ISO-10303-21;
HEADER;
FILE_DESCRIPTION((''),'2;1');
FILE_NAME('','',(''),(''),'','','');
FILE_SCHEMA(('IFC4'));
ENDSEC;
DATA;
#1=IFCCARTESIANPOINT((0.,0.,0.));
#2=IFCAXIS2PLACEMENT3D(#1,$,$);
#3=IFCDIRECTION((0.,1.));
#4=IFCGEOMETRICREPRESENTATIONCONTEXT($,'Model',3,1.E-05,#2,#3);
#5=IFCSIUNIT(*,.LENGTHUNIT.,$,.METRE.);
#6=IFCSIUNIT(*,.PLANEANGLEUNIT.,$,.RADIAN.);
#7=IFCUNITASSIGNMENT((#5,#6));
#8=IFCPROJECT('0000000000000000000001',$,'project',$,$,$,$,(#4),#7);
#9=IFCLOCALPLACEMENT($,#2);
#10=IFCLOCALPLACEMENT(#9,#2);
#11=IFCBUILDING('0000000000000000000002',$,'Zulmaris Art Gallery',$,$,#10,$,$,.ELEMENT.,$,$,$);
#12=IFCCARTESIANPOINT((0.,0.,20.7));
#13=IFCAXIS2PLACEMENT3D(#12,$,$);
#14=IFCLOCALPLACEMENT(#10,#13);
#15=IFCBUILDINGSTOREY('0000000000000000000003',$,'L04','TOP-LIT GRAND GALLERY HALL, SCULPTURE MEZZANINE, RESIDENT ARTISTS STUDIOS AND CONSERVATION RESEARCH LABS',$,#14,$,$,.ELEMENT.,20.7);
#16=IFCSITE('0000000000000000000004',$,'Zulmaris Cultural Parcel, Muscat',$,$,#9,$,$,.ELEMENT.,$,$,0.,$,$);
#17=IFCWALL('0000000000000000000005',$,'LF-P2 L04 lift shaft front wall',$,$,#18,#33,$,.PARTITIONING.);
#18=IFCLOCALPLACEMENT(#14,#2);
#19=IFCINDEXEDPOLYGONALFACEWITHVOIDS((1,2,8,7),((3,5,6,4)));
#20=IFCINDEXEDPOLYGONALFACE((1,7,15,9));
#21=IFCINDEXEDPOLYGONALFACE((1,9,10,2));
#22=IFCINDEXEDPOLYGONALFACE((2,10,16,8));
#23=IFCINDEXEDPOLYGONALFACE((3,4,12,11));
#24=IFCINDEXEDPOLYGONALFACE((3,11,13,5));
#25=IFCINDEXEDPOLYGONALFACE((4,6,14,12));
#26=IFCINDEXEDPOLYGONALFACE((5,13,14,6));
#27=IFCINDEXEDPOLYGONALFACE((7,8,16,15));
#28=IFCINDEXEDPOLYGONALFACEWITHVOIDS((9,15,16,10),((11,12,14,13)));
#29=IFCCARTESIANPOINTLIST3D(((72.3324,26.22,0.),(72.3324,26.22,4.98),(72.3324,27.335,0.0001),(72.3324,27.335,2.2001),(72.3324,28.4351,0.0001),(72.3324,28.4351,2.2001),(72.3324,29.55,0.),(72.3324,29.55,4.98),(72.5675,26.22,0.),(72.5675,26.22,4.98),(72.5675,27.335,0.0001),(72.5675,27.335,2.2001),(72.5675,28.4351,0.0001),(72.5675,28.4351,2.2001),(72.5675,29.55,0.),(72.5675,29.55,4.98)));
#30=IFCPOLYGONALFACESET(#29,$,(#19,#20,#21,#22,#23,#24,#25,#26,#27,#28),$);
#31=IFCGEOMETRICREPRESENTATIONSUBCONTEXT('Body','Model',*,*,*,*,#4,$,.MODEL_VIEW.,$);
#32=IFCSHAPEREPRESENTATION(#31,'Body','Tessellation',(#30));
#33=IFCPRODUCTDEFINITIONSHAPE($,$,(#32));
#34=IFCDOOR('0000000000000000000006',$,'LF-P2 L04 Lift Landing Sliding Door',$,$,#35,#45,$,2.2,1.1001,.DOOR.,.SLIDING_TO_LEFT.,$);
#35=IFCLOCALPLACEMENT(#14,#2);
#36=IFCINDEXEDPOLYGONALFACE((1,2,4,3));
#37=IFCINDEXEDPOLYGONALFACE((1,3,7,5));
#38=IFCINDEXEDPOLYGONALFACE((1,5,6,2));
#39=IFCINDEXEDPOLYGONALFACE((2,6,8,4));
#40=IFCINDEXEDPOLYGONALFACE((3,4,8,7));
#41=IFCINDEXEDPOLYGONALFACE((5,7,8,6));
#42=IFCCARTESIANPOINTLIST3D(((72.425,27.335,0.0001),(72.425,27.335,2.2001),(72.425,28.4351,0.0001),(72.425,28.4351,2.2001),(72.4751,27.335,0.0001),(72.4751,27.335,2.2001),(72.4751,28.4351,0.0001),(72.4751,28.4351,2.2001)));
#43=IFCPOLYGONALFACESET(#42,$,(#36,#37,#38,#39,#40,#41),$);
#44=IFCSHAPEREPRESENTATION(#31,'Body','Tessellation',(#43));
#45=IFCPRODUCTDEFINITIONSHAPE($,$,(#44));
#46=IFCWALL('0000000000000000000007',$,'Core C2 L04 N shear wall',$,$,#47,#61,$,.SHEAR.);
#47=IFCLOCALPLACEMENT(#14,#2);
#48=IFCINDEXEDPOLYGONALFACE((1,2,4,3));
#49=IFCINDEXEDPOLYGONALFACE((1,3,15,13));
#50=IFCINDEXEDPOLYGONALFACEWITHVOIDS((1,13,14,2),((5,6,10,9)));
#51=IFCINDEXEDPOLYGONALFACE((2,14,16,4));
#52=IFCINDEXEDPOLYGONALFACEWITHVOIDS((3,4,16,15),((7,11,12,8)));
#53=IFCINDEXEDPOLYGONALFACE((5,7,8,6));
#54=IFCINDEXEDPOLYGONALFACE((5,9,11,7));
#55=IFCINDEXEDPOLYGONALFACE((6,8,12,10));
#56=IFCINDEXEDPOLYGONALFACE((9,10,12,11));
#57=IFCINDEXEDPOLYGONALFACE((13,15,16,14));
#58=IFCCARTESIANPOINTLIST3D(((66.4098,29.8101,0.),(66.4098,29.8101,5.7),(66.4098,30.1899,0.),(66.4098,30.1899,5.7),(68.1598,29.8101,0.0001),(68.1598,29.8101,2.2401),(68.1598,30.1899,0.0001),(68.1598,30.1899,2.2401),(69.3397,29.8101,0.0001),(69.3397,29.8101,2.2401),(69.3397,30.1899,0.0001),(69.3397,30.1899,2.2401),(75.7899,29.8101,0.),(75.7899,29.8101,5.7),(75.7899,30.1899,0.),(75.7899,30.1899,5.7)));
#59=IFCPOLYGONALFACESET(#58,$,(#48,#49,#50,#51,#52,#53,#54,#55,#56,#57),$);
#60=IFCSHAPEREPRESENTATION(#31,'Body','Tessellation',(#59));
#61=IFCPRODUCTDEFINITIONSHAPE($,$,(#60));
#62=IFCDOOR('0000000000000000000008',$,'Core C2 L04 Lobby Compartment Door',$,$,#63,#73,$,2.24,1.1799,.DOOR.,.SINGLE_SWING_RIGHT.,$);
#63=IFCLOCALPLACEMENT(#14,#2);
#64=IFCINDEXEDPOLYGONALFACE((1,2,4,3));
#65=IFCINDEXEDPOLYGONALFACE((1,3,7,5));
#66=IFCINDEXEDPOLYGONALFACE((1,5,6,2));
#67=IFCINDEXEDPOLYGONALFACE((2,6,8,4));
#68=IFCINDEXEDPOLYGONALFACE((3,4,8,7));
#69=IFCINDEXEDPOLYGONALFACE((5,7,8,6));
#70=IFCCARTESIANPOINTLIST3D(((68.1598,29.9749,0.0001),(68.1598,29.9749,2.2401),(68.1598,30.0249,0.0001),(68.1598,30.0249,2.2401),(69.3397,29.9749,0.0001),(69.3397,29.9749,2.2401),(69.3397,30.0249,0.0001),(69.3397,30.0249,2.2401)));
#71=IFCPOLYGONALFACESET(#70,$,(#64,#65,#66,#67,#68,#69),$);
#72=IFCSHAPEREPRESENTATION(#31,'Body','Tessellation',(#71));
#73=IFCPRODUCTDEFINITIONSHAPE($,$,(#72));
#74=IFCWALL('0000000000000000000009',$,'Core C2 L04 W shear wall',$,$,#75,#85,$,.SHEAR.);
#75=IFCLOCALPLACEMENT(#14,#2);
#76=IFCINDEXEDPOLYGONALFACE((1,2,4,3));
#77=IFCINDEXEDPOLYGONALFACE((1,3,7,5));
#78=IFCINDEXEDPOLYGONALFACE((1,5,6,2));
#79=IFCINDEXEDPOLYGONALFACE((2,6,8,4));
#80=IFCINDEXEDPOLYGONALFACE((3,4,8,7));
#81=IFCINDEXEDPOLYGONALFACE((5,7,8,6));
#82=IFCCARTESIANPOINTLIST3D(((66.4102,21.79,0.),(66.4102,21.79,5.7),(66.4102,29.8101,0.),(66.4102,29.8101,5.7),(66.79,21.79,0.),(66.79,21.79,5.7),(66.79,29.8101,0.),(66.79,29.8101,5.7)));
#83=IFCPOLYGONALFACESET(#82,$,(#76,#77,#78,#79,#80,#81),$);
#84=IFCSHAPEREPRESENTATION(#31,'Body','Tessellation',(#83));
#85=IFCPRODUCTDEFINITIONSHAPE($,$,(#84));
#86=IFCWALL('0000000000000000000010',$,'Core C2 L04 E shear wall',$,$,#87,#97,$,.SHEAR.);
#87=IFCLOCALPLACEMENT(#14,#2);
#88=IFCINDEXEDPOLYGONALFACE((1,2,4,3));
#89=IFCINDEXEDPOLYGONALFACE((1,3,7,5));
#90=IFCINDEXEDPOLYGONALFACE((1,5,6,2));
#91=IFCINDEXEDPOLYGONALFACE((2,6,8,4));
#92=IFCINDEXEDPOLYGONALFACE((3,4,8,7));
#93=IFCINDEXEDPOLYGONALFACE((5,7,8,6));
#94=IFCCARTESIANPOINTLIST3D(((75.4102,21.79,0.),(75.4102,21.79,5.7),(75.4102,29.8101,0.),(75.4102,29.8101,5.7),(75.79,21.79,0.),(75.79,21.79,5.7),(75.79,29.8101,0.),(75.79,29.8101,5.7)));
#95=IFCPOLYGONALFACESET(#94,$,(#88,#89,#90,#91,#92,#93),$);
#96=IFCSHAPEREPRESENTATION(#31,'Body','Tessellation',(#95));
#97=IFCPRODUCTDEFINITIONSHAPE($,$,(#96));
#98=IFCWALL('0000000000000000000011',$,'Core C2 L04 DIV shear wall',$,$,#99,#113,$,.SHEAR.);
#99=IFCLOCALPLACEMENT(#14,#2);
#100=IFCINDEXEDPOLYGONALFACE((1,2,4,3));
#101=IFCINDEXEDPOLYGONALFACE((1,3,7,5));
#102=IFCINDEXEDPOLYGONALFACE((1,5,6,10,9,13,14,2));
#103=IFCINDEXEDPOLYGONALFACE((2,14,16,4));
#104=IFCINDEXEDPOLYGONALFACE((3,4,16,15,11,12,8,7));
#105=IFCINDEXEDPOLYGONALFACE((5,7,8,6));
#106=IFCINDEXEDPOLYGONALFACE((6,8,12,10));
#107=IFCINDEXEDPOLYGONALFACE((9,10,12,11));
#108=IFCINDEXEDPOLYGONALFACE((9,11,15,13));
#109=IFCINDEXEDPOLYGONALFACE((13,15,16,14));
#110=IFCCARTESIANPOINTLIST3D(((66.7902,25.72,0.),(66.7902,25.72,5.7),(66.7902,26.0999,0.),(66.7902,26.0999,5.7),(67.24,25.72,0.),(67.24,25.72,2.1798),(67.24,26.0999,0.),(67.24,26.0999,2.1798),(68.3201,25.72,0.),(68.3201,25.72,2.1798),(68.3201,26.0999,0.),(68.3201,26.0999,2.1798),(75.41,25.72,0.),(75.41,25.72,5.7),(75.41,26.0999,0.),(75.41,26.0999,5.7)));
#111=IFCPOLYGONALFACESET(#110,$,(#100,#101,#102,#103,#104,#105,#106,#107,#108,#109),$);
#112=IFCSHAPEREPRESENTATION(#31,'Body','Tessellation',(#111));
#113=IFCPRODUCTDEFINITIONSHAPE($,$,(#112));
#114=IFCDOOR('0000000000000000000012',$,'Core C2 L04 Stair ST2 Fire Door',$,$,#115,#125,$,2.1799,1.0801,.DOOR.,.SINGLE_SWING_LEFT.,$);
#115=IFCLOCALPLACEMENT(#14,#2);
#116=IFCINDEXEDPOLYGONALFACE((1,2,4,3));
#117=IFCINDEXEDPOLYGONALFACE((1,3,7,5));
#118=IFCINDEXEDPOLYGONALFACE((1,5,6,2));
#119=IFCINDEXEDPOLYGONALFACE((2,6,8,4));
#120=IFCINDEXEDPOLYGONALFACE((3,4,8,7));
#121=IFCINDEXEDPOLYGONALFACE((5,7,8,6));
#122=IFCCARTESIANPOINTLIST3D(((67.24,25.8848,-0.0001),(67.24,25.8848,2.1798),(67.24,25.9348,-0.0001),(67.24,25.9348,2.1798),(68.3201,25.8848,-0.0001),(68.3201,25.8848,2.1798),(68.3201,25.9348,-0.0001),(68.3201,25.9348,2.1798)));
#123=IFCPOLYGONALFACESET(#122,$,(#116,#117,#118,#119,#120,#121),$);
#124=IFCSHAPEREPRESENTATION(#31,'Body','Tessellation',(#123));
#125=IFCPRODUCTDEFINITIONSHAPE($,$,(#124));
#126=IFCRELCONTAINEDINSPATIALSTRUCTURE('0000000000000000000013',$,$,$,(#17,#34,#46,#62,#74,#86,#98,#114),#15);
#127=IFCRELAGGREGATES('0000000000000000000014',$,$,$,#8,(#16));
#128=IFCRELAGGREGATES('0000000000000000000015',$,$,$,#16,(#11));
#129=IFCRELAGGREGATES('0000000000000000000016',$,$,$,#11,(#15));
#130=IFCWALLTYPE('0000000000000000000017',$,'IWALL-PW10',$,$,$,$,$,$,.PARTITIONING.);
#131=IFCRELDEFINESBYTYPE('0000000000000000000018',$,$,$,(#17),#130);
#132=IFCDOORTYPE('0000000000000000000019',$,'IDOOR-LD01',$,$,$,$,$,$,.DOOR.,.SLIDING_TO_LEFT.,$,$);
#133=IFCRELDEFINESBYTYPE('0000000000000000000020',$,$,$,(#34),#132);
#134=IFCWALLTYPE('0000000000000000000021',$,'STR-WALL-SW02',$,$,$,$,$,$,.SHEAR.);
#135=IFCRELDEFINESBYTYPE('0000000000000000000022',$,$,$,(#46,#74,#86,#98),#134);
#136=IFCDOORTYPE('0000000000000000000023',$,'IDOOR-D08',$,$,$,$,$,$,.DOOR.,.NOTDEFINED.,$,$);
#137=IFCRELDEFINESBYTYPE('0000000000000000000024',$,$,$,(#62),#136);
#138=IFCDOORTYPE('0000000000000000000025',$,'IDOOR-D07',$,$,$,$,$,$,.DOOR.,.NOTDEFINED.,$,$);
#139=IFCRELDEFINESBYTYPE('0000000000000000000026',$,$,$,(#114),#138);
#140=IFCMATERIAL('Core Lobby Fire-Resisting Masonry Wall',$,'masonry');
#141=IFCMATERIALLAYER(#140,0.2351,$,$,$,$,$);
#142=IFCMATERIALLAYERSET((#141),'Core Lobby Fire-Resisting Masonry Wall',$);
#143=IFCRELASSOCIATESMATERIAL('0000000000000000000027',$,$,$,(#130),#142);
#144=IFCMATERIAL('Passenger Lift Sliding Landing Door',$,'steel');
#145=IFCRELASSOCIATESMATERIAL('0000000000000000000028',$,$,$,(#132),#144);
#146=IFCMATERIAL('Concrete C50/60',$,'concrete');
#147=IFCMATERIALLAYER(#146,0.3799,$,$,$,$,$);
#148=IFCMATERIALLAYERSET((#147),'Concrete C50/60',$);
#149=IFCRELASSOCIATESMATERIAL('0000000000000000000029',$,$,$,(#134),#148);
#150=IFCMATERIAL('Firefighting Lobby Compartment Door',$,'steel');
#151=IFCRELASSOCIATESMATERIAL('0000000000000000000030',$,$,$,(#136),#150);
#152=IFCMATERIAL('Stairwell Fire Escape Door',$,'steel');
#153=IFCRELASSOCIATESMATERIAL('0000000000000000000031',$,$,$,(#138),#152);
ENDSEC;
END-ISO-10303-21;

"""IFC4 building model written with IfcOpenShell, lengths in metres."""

from ifc_helpers import new_model, si_unit, direction, frame, frame_2d, origin, place, context, subcontext, project, spatial, rectangle, extrude, material, layer, layer_set, type_object, element, fill, save


model = new_model("IFC4")

# Units and contexts
model_context = context("Model", 3, precision=1e-05, world=origin(), true_north=direction((0.0, 1.0)))
body_context = subcontext(model_context, "Body", "Model", "MODEL_VIEW")
ifc_project = project(units=[si_unit("LENGTHUNIT", "METRE"), si_unit("PLANEANGLEUNIT", "RADIAN")], contexts=[model_context])

# Site, building, storey
site_placement = place(None, origin())
site = spatial("IfcSite", under=ifc_project, at=site_placement, Name="Zulmaris Cultural Parcel, Muscat", CompositionType="ELEMENT", RefElevation=0.0)
building_placement = place(site_placement, origin())
building = spatial("IfcBuilding", under=site, at=building_placement, Name="Zulmaris Art Gallery", CompositionType="ELEMENT")
storey_placement = place(building_placement, frame((0.0, 0.0, 20.7)))
storey = spatial("IfcBuildingStorey", under=building, at=storey_placement, Name="L04", Description="TOP-LIT GRAND GALLERY HALL, SCULPTURE MEZZANINE, RESIDENT ARTISTS STUDIOS AND CONSERVATION RESEARCH LABS", CompositionType="ELEMENT", Elevation=20.7)

# Walls, openings, doors
ifc_material_1 = material(Name="Core Lobby Fire-Resisting Masonry Wall", Category="masonry")
ifc_layer_1 = layer(ifc_material_1, 0.2351)
ifc_layer_set_1 = layer_set([ifc_layer_1], Name="Core Lobby Fire-Resisting Masonry Wall")
wall_type_1 = type_object("IfcWallType", Name="IWALL-PW10", PredefinedType="PARTITIONING", material=ifc_layer_set_1)
wall_1_placement = place(storey_placement, frame((72.45, 26.22, 0.0), z_axis=(0.0, 0.0, 1.0), x_axis=(0.0, 1.0, 0.0)))
wall_1 = element("IfcWall", 1, at=wall_1_placement, inside=storey, type_object=wall_type_1, Name="LF-P2 L04 lift shaft front wall", PredefinedType="PARTITIONING", context=body_context, shape_type="SweptSolid", body=[
    extrude(rectangle(XDim=3.3301, YDim=0.2351, at=frame_2d((1.665, 0.0))), origin(), (0.0, 0.0, 1.0), 4.98),
])
opening_1_placement = place(wall_1_placement, frame((1.115, 0.0, 0.0)))
opening_1 = element("IfcOpeningElement", 2, at=opening_1_placement, cuts=wall_1, PredefinedType="OPENING", context=body_context, shape_type="SweptSolid", body=[
    extrude(rectangle(XDim=1.1001, YDim=2.2, at=frame_2d((0.55, 1.1001))), frame((0.0, 0.1274, 0.0), z_axis=(0.0, -1.0, 0.0), x_axis=(1.0, 0.0, 0.0)), (0.0, 0.0, 1.0), 0.2551),
])
ifc_material_2 = material(Name="Passenger Lift Sliding Landing Door", Category="steel")
door_type_1 = type_object("IfcDoorType", Name="IDOOR-LD01", OperationType="SLIDING_TO_LEFT", PredefinedType="DOOR", material=ifc_material_2)
door_1_placement = place(opening_1_placement, origin())
door_1 = element("IfcDoor", 3, at=door_1_placement, inside=storey, type_object=door_type_1, Name="LF-P2 L04 Lift Landing Sliding Door", OperationType="SLIDING_TO_LEFT", OverallHeight=2.2, OverallWidth=1.1001, PredefinedType="DOOR", context=body_context, shape_type="SweptSolid", body=[
    extrude(rectangle(XDim=1.1001, YDim=2.2, at=frame_2d((0.55, 1.1001))), frame((0.0, 0.0249, 0.0), z_axis=(0.0, -1.0, 0.0), x_axis=(1.0, 0.0, 0.0)), (0.0, 0.0, 1.0), 0.05),
])
fill(opening_1, door_1)
ifc_material_3 = material(Name="Concrete C50/60", Category="concrete")
ifc_layer_2 = layer(ifc_material_3, 0.3799)
ifc_layer_set_2 = layer_set([ifc_layer_2], Name="Concrete C50/60")
wall_type_2 = type_object("IfcWallType", Name="STR-WALL-SW02", PredefinedType="SHEAR", material=ifc_layer_set_2)
wall_2_placement = place(storey_placement, frame((66.4099, 30.0, 0.0), z_axis=(0.0, 0.0, 1.0), x_axis=(1.0, 0.0, 0.0)))
wall_2 = element("IfcWall", 4, at=wall_2_placement, inside=storey, type_object=wall_type_2, Name="Core C2 L04 N shear wall", PredefinedType="SHEAR", context=body_context, shape_type="SweptSolid", body=[
    extrude(rectangle(XDim=9.3801, YDim=0.3799, at=frame_2d((4.6899, 0.0))), origin(), (0.0, 0.0, 1.0), 5.7),
])
opening_2_placement = place(wall_2_placement, frame((1.75, 0.0, 0.0)))
opening_2 = element("IfcOpeningElement", 5, at=opening_2_placement, cuts=wall_2, PredefinedType="OPENING", context=body_context, shape_type="SweptSolid", body=[
    extrude(rectangle(XDim=1.1799, YDim=2.24, at=frame_2d((0.5898, 1.1201))), frame((0.0, 0.2, 0.0), z_axis=(0.0, -1.0, 0.0), x_axis=(1.0, 0.0, 0.0)), (0.0, 0.0, 1.0), 0.3999),
])
ifc_material_4 = material(Name="Firefighting Lobby Compartment Door", Category="steel")
door_type_2 = type_object("IfcDoorType", Name="IDOOR-D08", OperationType="NOTDEFINED", PredefinedType="DOOR", material=ifc_material_4)
door_2_placement = place(opening_2_placement, origin())
door_2 = element("IfcDoor", 6, at=door_2_placement, inside=storey, type_object=door_type_2, Name="Core C2 L04 Lobby Compartment Door", OperationType="SINGLE_SWING_RIGHT", OverallHeight=2.24, OverallWidth=1.1799, PredefinedType="DOOR", context=body_context, shape_type="SweptSolid", body=[
    extrude(rectangle(XDim=1.1799, YDim=2.24, at=frame_2d((0.5898, 1.1201))), frame((0.0, 0.0249, 0.0), z_axis=(0.0, -1.0, 0.0), x_axis=(1.0, 0.0, 0.0)), (0.0, 0.0, 1.0), 0.05),
])
fill(opening_2, door_2)

# Walls
for number, where, z_axis, x_axis, name in (
    (7, (66.6001, 21.79, 0.0), (0.0, 0.0, 1.0), (0.0, 1.0, 0.0), "Core C2 L04 W shear wall"),
    (8, (75.6001, 21.79, 0.0), (0.0, 0.0, 1.0), (0.0, 1.0, 0.0), "Core C2 L04 E shear wall"),
):
    element("IfcWall", number, at=place(storey_placement, frame(where, z_axis=z_axis, x_axis=x_axis)), inside=storey, type_object=wall_type_2, Name=name, PredefinedType="SHEAR", context=body_context, shape_type="SweptSolid", body=[
        extrude(rectangle(XDim=8.02, YDim=0.3799, at=frame_2d((4.01, 0.0))), origin(), (0.0, 0.0, 1.0), 5.7),
    ])

# Wall, opening, door
wall_3_placement = place(storey_placement, frame((66.79, 25.9099, 0.0), z_axis=(0.0, 0.0, 1.0), x_axis=(1.0, 0.0, 0.0)))
wall_3 = element("IfcWall", 9, at=wall_3_placement, inside=storey, type_object=wall_type_2, Name="Core C2 L04 DIV shear wall", PredefinedType="SHEAR", context=body_context, shape_type="SweptSolid", body=[
    extrude(rectangle(XDim=8.6199, YDim=0.3799, at=frame_2d((4.3101, 0.0))), origin(), (0.0, 0.0, 1.0), 5.7),
])
opening_3_placement = place(wall_3_placement, frame((0.45, 0.0, 0.0)))
opening_3 = element("IfcOpeningElement", 10, at=opening_3_placement, cuts=wall_3, PredefinedType="OPENING", context=body_context, shape_type="SweptSolid", body=[
    extrude(rectangle(XDim=1.0801, YDim=2.1799, at=frame_2d((0.54, 1.0898))), frame((0.0, 0.2, 0.0), z_axis=(0.0, -1.0, 0.0), x_axis=(1.0, 0.0, 0.0)), (0.0, 0.0, 1.0), 0.3999),
])
ifc_material_5 = material(Name="Stairwell Fire Escape Door", Category="steel")
door_type_3 = type_object("IfcDoorType", Name="IDOOR-D07", OperationType="NOTDEFINED", PredefinedType="DOOR", material=ifc_material_5)
door_3_placement = place(opening_3_placement, origin())
door_3 = element("IfcDoor", 11, at=door_3_placement, inside=storey, type_object=door_type_3, Name="Core C2 L04 Stair ST2 Fire Door", OperationType="SINGLE_SWING_LEFT", OverallHeight=2.1799, OverallWidth=1.0801, PredefinedType="DOOR", context=body_context, shape_type="SweptSolid", body=[
    extrude(rectangle(XDim=1.0801, YDim=2.1799, at=frame_2d((0.54, 1.0898))), frame((0.0, 0.0249, 0.0), z_axis=(0.0, -1.0, 0.0), x_axis=(1.0, 0.0, 0.0)), (0.0, 0.0, 1.0), 0.05),
])
fill(opening_3, door_3)

save(model, "model.ifc")
